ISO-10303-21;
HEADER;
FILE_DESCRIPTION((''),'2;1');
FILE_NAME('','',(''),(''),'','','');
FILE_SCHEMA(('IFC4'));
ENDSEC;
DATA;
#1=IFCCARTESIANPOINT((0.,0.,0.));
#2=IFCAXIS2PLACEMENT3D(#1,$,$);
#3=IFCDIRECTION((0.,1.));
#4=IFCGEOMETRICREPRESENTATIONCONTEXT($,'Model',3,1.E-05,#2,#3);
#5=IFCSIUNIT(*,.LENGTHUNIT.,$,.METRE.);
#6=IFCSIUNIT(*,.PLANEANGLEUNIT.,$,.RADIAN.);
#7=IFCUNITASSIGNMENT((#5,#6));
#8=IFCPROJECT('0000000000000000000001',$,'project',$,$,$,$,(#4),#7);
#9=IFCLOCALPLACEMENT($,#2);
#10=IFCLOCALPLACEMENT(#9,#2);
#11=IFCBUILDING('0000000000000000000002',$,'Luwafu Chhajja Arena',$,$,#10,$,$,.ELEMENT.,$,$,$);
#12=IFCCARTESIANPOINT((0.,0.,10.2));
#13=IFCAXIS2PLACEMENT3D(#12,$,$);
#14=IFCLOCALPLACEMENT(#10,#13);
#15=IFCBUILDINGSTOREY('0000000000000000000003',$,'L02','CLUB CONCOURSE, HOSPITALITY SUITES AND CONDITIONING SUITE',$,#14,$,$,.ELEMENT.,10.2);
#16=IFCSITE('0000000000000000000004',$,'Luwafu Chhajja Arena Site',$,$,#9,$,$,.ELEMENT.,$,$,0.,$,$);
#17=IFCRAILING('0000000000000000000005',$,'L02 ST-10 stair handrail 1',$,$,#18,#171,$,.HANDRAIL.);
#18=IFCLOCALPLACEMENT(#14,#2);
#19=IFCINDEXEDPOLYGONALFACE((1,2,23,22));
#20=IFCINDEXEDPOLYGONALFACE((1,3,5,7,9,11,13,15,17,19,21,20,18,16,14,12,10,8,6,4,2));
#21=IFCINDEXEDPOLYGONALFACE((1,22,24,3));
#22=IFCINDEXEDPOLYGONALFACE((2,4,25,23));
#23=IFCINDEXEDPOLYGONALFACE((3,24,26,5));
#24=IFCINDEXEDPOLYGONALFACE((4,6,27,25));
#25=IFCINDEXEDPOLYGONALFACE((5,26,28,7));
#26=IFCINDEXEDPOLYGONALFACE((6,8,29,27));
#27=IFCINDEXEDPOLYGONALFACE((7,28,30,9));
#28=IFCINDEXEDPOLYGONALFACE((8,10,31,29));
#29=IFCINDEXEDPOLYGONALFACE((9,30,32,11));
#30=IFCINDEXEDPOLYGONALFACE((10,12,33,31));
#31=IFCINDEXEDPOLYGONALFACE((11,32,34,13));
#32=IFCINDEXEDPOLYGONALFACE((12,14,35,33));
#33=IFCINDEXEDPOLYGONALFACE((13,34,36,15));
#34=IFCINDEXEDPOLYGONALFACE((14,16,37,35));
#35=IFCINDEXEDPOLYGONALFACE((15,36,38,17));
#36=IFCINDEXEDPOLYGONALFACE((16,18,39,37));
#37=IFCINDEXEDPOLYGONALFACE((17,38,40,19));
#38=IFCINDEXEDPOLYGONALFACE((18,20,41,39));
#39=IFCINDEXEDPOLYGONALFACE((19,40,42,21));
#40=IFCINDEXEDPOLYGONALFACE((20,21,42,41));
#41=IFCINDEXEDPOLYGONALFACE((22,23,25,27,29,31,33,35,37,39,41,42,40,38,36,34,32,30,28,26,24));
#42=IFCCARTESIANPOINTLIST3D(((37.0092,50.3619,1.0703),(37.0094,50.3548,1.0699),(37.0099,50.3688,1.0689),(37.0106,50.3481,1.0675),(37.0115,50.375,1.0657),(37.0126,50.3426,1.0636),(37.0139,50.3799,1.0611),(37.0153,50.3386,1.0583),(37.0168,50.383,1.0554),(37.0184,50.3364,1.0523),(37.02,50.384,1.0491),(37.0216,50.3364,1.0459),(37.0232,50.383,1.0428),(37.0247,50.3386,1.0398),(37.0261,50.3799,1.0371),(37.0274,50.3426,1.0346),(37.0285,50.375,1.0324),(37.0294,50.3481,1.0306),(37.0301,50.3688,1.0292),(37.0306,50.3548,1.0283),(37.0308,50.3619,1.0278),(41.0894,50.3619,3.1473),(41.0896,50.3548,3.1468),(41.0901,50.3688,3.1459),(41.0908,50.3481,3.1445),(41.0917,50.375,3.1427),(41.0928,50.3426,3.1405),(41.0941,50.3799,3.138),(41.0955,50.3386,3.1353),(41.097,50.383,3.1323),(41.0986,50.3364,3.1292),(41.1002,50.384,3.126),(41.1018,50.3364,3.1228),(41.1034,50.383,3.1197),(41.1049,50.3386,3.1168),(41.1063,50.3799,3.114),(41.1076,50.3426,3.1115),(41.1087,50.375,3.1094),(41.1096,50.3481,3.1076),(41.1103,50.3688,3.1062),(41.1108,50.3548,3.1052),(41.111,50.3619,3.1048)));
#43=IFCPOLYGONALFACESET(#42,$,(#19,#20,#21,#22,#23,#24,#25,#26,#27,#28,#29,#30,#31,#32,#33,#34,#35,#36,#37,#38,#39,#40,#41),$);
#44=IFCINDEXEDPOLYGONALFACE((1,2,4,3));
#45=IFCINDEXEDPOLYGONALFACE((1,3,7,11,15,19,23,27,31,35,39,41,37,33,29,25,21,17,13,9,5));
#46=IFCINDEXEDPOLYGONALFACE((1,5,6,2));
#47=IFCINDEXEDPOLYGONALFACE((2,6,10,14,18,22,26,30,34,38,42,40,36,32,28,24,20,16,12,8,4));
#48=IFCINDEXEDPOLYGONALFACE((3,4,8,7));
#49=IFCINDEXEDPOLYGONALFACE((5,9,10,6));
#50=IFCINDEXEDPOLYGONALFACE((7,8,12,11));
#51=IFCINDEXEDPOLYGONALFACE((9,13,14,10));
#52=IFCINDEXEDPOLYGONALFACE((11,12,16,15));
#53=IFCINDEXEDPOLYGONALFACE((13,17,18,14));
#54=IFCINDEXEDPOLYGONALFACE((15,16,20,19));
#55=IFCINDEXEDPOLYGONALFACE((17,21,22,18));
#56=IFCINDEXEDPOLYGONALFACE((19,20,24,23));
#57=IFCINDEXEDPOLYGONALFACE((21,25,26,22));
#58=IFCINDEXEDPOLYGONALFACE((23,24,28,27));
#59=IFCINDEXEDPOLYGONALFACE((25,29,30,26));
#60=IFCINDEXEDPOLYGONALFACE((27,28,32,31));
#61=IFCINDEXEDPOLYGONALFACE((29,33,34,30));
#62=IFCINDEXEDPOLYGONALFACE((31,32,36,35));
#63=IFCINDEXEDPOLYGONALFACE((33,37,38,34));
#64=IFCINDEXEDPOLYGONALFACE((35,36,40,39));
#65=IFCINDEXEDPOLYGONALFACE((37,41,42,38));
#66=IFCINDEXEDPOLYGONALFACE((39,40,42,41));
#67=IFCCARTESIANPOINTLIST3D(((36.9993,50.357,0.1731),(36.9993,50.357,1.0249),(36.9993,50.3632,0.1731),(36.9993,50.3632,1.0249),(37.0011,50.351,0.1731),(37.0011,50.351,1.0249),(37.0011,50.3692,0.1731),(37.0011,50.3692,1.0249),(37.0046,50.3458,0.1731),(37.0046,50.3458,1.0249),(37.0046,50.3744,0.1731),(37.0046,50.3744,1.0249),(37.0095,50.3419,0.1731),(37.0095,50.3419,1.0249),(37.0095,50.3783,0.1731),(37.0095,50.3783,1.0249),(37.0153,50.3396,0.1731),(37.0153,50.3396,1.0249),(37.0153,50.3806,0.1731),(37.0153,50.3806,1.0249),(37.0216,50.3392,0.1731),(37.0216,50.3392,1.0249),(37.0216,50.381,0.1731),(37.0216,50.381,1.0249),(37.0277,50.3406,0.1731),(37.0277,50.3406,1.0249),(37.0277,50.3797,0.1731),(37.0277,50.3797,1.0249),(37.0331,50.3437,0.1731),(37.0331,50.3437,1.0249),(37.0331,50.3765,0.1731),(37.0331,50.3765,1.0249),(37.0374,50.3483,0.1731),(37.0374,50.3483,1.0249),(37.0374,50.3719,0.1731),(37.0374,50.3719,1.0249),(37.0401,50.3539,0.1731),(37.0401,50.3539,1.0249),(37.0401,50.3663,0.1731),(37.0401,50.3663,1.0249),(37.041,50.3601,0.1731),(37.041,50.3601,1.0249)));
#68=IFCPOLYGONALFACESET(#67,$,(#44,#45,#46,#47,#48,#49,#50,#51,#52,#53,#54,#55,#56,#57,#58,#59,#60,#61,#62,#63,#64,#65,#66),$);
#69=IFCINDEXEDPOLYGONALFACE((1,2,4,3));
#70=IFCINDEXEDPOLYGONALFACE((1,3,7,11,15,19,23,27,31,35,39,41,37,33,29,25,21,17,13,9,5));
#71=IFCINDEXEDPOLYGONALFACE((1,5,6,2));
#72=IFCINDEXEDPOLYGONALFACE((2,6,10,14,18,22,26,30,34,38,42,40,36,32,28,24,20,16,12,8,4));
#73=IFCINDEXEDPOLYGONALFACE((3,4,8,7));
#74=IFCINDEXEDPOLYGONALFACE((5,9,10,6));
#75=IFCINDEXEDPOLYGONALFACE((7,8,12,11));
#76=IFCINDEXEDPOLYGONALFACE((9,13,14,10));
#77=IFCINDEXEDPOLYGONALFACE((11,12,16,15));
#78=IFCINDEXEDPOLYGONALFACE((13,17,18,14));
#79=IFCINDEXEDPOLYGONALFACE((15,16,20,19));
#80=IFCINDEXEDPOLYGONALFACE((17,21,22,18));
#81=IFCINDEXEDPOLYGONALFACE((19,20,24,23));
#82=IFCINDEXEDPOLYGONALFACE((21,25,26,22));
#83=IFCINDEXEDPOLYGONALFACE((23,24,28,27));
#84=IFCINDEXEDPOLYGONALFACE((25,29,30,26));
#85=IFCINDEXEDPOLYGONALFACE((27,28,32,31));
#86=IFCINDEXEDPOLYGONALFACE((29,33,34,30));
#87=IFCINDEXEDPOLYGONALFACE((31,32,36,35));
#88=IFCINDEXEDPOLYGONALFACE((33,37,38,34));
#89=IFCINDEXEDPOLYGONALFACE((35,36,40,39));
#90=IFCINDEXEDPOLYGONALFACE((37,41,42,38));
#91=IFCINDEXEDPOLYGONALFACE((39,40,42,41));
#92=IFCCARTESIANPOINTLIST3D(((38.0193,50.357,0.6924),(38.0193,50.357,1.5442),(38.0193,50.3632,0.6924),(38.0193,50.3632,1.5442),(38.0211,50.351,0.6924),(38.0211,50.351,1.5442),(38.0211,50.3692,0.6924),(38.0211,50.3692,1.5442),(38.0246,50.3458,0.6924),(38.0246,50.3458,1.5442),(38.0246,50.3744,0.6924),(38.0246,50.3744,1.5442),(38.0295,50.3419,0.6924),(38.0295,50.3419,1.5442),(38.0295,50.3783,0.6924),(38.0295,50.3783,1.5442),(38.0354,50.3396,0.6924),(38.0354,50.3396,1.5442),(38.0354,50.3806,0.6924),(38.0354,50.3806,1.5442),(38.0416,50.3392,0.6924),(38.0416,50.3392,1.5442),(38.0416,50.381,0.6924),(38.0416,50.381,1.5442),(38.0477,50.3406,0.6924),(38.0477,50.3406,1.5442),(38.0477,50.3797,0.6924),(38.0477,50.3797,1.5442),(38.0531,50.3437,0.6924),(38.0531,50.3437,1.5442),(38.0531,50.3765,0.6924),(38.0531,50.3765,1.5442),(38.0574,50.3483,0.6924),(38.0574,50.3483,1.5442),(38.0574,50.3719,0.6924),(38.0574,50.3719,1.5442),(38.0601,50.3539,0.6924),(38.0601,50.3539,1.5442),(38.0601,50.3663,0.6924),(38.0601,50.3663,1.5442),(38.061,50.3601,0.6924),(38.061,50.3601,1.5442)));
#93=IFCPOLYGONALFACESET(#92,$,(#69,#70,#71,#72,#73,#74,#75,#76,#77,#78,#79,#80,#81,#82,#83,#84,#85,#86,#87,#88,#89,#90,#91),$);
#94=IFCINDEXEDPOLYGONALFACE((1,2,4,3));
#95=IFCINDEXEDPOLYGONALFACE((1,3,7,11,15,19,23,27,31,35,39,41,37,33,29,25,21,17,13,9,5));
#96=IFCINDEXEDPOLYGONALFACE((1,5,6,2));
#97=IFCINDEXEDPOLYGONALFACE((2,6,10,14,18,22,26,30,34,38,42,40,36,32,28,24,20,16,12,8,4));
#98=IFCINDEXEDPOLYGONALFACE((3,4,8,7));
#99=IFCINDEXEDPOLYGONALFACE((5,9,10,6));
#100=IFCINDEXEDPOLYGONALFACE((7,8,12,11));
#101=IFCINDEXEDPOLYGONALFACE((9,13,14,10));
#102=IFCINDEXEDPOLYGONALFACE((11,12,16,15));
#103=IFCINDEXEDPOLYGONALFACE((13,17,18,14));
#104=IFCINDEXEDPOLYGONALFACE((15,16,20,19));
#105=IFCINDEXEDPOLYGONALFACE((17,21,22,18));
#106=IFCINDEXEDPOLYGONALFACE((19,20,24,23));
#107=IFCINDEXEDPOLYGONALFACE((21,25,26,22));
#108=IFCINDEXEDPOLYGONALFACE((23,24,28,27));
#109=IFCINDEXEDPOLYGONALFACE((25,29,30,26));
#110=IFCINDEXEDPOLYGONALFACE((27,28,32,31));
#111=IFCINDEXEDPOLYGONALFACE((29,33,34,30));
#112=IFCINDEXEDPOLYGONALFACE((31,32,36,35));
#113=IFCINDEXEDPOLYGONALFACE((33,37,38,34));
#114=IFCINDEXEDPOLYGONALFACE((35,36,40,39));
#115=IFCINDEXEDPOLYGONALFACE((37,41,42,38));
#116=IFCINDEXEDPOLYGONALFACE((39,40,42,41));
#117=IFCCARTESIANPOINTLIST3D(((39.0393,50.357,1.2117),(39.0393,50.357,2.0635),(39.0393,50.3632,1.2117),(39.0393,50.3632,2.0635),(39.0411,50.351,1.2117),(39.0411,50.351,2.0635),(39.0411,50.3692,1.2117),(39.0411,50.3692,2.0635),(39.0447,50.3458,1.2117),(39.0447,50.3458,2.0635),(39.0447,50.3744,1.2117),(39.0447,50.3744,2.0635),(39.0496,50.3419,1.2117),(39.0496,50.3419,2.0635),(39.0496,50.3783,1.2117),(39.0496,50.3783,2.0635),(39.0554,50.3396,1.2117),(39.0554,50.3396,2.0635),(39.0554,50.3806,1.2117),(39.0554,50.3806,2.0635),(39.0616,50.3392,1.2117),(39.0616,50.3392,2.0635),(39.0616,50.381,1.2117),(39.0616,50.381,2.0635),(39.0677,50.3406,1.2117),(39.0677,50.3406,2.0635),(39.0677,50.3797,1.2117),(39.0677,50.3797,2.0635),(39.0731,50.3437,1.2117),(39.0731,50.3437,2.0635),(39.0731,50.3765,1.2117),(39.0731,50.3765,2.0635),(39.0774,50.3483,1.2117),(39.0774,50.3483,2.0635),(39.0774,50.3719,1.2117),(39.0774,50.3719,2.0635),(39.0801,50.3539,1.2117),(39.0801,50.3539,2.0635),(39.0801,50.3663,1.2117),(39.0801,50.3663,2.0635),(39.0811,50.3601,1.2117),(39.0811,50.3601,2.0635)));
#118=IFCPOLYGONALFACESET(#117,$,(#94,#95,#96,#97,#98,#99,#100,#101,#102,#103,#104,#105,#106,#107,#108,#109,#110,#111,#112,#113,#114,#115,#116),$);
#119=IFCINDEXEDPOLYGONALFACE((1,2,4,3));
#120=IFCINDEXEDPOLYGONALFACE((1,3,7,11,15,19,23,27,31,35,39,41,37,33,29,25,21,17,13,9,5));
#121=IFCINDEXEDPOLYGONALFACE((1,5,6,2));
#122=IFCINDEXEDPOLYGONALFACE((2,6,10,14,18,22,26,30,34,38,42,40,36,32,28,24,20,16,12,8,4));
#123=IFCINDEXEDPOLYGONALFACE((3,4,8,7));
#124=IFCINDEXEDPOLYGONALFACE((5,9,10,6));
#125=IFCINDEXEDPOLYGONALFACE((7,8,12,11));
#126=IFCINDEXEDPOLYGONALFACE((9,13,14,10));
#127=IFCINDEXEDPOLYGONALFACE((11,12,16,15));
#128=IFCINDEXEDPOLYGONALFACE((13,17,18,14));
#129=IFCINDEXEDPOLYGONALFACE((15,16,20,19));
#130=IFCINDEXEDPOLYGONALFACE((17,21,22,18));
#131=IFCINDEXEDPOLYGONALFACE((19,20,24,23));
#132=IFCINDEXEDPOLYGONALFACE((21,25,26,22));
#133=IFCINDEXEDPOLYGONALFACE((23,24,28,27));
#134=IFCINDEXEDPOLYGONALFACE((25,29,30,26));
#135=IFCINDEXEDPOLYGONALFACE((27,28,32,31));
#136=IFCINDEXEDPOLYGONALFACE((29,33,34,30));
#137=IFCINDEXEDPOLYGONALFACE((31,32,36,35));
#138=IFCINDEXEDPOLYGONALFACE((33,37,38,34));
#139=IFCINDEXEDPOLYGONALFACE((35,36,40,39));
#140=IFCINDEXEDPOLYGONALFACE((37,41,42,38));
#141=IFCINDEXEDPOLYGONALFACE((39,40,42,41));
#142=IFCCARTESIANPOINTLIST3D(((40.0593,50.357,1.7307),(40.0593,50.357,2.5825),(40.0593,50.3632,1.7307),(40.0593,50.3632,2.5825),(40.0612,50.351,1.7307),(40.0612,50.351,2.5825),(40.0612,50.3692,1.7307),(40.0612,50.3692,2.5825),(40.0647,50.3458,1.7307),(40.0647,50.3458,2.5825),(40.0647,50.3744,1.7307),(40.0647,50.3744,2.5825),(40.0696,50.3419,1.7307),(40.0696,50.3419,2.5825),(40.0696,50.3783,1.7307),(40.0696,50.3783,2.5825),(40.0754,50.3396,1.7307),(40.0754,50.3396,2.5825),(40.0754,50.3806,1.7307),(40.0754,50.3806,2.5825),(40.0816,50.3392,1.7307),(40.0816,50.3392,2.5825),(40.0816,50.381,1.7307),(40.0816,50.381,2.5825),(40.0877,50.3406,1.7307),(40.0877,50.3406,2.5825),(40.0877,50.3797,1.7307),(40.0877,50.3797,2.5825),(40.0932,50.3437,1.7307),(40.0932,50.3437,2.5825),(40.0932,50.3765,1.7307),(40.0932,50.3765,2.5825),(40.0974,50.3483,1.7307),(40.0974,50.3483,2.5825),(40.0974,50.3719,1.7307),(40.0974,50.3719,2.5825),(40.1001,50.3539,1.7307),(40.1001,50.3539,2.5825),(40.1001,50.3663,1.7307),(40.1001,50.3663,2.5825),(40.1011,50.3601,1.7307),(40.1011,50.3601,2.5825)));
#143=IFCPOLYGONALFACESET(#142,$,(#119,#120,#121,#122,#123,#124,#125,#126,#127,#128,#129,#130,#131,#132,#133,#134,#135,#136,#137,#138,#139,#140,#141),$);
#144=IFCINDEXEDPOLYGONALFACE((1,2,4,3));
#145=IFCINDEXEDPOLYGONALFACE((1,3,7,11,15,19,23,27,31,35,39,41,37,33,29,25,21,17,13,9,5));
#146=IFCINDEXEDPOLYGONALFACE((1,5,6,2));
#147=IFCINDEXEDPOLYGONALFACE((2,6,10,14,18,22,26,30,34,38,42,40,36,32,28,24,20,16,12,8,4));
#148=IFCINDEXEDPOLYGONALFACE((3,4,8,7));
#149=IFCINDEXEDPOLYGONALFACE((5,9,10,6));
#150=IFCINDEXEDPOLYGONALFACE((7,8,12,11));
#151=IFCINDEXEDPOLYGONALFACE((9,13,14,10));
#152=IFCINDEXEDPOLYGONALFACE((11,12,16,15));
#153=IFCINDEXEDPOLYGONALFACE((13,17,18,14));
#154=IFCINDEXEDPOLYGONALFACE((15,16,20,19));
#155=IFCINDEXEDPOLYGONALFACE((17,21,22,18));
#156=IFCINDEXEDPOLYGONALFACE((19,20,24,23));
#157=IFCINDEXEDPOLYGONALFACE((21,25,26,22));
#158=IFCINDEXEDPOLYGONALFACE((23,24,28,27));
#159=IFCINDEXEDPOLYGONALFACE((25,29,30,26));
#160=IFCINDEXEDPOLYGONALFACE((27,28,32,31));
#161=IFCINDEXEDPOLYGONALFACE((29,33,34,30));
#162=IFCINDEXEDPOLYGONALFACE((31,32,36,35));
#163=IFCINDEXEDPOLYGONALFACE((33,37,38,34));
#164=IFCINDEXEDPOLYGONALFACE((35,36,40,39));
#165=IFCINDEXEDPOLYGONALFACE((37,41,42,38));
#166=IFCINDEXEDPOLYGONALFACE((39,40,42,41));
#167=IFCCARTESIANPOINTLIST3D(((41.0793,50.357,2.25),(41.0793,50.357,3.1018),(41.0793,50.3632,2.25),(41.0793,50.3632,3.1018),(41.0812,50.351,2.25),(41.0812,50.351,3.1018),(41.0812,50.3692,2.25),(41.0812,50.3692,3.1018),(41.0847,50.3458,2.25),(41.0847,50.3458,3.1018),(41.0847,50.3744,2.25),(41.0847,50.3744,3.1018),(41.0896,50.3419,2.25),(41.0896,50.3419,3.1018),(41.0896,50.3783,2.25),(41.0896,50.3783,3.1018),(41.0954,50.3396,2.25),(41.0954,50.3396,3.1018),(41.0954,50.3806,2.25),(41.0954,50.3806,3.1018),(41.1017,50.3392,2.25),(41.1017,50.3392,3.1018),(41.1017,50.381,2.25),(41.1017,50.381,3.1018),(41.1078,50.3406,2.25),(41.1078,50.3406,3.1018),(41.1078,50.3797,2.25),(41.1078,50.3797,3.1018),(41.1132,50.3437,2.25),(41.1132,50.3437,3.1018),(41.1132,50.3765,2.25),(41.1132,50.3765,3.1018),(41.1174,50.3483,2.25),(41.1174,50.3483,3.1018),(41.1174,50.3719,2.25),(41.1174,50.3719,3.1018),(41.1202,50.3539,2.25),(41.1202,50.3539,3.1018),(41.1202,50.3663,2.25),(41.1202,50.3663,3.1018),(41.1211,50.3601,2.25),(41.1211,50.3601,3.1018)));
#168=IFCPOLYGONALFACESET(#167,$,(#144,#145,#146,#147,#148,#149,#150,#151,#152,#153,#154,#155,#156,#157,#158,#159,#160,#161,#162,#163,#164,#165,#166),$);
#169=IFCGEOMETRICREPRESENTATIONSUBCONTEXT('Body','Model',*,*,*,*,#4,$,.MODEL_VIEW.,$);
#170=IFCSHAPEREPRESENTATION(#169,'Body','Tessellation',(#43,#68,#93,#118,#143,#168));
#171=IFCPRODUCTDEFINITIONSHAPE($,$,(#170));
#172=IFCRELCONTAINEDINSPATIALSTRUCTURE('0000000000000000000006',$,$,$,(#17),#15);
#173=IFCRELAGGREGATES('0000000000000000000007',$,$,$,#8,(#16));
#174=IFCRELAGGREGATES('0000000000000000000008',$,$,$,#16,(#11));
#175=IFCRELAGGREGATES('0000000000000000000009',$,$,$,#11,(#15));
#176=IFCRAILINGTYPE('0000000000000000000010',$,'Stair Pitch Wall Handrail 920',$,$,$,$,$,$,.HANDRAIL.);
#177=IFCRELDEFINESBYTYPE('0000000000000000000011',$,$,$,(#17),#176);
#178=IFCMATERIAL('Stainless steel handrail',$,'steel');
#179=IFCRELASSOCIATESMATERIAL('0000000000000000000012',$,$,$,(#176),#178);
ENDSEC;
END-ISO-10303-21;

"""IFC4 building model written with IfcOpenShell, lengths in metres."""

from ifc_helpers import new_model, si_unit, direction, frame, origin, origin_2d, place, context, subcontext, project, spatial, circle, extrude, material, type_object, element, save


model = new_model("IFC4")

# Units and contexts
model_context = context("Model", 3, precision=1e-05, world=origin(), true_north=direction((0.0, 1.0)))
body_context = subcontext(model_context, "Body", "Model", "MODEL_VIEW")
ifc_project = project(units=[si_unit("LENGTHUNIT", "METRE"), si_unit("PLANEANGLEUNIT", "RADIAN")], contexts=[model_context])

# Site, building, storey
site_placement = place(None, origin())
site = spatial("IfcSite", under=ifc_project, at=site_placement, Name="Luwafu Chhajja Arena Site", CompositionType="ELEMENT", RefElevation=0.0)
building_placement = place(site_placement, origin())
building = spatial("IfcBuilding", under=site, at=building_placement, Name="Luwafu Chhajja Arena", CompositionType="ELEMENT")
storey_placement = place(building_placement, frame((0.0, 0.0, 10.2)))
storey = spatial("IfcBuildingStorey", under=building, at=storey_placement, Name="L02", Description="CLUB CONCOURSE, HOSPITALITY SUITES AND CONDITIONING SUITE", CompositionType="ELEMENT", Elevation=10.2)

# Railing
ifc_material_1 = material(Name="Stainless steel handrail", Category="steel")
railing_type_1 = type_object("IfcRailingType", Name="Stair Pitch Wall Handrail 920", PredefinedType="HANDRAIL", material=ifc_material_1)
railing_1_placement = place(storey_placement, frame((37.02, 50.3601, 0.1731)))
element("IfcRailing", 1, at=railing_1_placement, inside=storey, type_object=railing_type_1, Name="L02 ST-10 stair handrail 1", PredefinedType="HANDRAIL", context=body_context, shape_type="SweptSolid", body=[
    extrude(circle(Radius=0.0239, at=origin_2d()), frame((0.0, 0.0, 0.876), z_axis=(0.891183, 0.0, 0.453644), x_axis=(0.0, 1.0, 0.0)), (0.0, 0.0, 1.0), 4.5784),
    extrude(circle(Radius=0.021, at=origin_2d()), origin(), (0.0, 0.0, 1.0), 0.8518),
    extrude(circle(Radius=0.021, at=origin_2d()), frame((1.02, 0.0, 0.5193)), (0.0, 0.0, 1.0), 0.8518),
    extrude(circle(Radius=0.021, at=origin_2d()), frame((2.04, 0.0, 1.0386)), (0.0, 0.0, 1.0), 0.8518),
    extrude(circle(Radius=0.021, at=origin_2d()), frame((3.0601, 0.0, 1.5576)), (0.0, 0.0, 1.0), 0.8518),
    extrude(circle(Radius=0.021, at=origin_2d()), frame((4.0801, 0.0, 2.0769)), (0.0, 0.0, 1.0), 0.8518),
])

save(model, "model.ifc")
